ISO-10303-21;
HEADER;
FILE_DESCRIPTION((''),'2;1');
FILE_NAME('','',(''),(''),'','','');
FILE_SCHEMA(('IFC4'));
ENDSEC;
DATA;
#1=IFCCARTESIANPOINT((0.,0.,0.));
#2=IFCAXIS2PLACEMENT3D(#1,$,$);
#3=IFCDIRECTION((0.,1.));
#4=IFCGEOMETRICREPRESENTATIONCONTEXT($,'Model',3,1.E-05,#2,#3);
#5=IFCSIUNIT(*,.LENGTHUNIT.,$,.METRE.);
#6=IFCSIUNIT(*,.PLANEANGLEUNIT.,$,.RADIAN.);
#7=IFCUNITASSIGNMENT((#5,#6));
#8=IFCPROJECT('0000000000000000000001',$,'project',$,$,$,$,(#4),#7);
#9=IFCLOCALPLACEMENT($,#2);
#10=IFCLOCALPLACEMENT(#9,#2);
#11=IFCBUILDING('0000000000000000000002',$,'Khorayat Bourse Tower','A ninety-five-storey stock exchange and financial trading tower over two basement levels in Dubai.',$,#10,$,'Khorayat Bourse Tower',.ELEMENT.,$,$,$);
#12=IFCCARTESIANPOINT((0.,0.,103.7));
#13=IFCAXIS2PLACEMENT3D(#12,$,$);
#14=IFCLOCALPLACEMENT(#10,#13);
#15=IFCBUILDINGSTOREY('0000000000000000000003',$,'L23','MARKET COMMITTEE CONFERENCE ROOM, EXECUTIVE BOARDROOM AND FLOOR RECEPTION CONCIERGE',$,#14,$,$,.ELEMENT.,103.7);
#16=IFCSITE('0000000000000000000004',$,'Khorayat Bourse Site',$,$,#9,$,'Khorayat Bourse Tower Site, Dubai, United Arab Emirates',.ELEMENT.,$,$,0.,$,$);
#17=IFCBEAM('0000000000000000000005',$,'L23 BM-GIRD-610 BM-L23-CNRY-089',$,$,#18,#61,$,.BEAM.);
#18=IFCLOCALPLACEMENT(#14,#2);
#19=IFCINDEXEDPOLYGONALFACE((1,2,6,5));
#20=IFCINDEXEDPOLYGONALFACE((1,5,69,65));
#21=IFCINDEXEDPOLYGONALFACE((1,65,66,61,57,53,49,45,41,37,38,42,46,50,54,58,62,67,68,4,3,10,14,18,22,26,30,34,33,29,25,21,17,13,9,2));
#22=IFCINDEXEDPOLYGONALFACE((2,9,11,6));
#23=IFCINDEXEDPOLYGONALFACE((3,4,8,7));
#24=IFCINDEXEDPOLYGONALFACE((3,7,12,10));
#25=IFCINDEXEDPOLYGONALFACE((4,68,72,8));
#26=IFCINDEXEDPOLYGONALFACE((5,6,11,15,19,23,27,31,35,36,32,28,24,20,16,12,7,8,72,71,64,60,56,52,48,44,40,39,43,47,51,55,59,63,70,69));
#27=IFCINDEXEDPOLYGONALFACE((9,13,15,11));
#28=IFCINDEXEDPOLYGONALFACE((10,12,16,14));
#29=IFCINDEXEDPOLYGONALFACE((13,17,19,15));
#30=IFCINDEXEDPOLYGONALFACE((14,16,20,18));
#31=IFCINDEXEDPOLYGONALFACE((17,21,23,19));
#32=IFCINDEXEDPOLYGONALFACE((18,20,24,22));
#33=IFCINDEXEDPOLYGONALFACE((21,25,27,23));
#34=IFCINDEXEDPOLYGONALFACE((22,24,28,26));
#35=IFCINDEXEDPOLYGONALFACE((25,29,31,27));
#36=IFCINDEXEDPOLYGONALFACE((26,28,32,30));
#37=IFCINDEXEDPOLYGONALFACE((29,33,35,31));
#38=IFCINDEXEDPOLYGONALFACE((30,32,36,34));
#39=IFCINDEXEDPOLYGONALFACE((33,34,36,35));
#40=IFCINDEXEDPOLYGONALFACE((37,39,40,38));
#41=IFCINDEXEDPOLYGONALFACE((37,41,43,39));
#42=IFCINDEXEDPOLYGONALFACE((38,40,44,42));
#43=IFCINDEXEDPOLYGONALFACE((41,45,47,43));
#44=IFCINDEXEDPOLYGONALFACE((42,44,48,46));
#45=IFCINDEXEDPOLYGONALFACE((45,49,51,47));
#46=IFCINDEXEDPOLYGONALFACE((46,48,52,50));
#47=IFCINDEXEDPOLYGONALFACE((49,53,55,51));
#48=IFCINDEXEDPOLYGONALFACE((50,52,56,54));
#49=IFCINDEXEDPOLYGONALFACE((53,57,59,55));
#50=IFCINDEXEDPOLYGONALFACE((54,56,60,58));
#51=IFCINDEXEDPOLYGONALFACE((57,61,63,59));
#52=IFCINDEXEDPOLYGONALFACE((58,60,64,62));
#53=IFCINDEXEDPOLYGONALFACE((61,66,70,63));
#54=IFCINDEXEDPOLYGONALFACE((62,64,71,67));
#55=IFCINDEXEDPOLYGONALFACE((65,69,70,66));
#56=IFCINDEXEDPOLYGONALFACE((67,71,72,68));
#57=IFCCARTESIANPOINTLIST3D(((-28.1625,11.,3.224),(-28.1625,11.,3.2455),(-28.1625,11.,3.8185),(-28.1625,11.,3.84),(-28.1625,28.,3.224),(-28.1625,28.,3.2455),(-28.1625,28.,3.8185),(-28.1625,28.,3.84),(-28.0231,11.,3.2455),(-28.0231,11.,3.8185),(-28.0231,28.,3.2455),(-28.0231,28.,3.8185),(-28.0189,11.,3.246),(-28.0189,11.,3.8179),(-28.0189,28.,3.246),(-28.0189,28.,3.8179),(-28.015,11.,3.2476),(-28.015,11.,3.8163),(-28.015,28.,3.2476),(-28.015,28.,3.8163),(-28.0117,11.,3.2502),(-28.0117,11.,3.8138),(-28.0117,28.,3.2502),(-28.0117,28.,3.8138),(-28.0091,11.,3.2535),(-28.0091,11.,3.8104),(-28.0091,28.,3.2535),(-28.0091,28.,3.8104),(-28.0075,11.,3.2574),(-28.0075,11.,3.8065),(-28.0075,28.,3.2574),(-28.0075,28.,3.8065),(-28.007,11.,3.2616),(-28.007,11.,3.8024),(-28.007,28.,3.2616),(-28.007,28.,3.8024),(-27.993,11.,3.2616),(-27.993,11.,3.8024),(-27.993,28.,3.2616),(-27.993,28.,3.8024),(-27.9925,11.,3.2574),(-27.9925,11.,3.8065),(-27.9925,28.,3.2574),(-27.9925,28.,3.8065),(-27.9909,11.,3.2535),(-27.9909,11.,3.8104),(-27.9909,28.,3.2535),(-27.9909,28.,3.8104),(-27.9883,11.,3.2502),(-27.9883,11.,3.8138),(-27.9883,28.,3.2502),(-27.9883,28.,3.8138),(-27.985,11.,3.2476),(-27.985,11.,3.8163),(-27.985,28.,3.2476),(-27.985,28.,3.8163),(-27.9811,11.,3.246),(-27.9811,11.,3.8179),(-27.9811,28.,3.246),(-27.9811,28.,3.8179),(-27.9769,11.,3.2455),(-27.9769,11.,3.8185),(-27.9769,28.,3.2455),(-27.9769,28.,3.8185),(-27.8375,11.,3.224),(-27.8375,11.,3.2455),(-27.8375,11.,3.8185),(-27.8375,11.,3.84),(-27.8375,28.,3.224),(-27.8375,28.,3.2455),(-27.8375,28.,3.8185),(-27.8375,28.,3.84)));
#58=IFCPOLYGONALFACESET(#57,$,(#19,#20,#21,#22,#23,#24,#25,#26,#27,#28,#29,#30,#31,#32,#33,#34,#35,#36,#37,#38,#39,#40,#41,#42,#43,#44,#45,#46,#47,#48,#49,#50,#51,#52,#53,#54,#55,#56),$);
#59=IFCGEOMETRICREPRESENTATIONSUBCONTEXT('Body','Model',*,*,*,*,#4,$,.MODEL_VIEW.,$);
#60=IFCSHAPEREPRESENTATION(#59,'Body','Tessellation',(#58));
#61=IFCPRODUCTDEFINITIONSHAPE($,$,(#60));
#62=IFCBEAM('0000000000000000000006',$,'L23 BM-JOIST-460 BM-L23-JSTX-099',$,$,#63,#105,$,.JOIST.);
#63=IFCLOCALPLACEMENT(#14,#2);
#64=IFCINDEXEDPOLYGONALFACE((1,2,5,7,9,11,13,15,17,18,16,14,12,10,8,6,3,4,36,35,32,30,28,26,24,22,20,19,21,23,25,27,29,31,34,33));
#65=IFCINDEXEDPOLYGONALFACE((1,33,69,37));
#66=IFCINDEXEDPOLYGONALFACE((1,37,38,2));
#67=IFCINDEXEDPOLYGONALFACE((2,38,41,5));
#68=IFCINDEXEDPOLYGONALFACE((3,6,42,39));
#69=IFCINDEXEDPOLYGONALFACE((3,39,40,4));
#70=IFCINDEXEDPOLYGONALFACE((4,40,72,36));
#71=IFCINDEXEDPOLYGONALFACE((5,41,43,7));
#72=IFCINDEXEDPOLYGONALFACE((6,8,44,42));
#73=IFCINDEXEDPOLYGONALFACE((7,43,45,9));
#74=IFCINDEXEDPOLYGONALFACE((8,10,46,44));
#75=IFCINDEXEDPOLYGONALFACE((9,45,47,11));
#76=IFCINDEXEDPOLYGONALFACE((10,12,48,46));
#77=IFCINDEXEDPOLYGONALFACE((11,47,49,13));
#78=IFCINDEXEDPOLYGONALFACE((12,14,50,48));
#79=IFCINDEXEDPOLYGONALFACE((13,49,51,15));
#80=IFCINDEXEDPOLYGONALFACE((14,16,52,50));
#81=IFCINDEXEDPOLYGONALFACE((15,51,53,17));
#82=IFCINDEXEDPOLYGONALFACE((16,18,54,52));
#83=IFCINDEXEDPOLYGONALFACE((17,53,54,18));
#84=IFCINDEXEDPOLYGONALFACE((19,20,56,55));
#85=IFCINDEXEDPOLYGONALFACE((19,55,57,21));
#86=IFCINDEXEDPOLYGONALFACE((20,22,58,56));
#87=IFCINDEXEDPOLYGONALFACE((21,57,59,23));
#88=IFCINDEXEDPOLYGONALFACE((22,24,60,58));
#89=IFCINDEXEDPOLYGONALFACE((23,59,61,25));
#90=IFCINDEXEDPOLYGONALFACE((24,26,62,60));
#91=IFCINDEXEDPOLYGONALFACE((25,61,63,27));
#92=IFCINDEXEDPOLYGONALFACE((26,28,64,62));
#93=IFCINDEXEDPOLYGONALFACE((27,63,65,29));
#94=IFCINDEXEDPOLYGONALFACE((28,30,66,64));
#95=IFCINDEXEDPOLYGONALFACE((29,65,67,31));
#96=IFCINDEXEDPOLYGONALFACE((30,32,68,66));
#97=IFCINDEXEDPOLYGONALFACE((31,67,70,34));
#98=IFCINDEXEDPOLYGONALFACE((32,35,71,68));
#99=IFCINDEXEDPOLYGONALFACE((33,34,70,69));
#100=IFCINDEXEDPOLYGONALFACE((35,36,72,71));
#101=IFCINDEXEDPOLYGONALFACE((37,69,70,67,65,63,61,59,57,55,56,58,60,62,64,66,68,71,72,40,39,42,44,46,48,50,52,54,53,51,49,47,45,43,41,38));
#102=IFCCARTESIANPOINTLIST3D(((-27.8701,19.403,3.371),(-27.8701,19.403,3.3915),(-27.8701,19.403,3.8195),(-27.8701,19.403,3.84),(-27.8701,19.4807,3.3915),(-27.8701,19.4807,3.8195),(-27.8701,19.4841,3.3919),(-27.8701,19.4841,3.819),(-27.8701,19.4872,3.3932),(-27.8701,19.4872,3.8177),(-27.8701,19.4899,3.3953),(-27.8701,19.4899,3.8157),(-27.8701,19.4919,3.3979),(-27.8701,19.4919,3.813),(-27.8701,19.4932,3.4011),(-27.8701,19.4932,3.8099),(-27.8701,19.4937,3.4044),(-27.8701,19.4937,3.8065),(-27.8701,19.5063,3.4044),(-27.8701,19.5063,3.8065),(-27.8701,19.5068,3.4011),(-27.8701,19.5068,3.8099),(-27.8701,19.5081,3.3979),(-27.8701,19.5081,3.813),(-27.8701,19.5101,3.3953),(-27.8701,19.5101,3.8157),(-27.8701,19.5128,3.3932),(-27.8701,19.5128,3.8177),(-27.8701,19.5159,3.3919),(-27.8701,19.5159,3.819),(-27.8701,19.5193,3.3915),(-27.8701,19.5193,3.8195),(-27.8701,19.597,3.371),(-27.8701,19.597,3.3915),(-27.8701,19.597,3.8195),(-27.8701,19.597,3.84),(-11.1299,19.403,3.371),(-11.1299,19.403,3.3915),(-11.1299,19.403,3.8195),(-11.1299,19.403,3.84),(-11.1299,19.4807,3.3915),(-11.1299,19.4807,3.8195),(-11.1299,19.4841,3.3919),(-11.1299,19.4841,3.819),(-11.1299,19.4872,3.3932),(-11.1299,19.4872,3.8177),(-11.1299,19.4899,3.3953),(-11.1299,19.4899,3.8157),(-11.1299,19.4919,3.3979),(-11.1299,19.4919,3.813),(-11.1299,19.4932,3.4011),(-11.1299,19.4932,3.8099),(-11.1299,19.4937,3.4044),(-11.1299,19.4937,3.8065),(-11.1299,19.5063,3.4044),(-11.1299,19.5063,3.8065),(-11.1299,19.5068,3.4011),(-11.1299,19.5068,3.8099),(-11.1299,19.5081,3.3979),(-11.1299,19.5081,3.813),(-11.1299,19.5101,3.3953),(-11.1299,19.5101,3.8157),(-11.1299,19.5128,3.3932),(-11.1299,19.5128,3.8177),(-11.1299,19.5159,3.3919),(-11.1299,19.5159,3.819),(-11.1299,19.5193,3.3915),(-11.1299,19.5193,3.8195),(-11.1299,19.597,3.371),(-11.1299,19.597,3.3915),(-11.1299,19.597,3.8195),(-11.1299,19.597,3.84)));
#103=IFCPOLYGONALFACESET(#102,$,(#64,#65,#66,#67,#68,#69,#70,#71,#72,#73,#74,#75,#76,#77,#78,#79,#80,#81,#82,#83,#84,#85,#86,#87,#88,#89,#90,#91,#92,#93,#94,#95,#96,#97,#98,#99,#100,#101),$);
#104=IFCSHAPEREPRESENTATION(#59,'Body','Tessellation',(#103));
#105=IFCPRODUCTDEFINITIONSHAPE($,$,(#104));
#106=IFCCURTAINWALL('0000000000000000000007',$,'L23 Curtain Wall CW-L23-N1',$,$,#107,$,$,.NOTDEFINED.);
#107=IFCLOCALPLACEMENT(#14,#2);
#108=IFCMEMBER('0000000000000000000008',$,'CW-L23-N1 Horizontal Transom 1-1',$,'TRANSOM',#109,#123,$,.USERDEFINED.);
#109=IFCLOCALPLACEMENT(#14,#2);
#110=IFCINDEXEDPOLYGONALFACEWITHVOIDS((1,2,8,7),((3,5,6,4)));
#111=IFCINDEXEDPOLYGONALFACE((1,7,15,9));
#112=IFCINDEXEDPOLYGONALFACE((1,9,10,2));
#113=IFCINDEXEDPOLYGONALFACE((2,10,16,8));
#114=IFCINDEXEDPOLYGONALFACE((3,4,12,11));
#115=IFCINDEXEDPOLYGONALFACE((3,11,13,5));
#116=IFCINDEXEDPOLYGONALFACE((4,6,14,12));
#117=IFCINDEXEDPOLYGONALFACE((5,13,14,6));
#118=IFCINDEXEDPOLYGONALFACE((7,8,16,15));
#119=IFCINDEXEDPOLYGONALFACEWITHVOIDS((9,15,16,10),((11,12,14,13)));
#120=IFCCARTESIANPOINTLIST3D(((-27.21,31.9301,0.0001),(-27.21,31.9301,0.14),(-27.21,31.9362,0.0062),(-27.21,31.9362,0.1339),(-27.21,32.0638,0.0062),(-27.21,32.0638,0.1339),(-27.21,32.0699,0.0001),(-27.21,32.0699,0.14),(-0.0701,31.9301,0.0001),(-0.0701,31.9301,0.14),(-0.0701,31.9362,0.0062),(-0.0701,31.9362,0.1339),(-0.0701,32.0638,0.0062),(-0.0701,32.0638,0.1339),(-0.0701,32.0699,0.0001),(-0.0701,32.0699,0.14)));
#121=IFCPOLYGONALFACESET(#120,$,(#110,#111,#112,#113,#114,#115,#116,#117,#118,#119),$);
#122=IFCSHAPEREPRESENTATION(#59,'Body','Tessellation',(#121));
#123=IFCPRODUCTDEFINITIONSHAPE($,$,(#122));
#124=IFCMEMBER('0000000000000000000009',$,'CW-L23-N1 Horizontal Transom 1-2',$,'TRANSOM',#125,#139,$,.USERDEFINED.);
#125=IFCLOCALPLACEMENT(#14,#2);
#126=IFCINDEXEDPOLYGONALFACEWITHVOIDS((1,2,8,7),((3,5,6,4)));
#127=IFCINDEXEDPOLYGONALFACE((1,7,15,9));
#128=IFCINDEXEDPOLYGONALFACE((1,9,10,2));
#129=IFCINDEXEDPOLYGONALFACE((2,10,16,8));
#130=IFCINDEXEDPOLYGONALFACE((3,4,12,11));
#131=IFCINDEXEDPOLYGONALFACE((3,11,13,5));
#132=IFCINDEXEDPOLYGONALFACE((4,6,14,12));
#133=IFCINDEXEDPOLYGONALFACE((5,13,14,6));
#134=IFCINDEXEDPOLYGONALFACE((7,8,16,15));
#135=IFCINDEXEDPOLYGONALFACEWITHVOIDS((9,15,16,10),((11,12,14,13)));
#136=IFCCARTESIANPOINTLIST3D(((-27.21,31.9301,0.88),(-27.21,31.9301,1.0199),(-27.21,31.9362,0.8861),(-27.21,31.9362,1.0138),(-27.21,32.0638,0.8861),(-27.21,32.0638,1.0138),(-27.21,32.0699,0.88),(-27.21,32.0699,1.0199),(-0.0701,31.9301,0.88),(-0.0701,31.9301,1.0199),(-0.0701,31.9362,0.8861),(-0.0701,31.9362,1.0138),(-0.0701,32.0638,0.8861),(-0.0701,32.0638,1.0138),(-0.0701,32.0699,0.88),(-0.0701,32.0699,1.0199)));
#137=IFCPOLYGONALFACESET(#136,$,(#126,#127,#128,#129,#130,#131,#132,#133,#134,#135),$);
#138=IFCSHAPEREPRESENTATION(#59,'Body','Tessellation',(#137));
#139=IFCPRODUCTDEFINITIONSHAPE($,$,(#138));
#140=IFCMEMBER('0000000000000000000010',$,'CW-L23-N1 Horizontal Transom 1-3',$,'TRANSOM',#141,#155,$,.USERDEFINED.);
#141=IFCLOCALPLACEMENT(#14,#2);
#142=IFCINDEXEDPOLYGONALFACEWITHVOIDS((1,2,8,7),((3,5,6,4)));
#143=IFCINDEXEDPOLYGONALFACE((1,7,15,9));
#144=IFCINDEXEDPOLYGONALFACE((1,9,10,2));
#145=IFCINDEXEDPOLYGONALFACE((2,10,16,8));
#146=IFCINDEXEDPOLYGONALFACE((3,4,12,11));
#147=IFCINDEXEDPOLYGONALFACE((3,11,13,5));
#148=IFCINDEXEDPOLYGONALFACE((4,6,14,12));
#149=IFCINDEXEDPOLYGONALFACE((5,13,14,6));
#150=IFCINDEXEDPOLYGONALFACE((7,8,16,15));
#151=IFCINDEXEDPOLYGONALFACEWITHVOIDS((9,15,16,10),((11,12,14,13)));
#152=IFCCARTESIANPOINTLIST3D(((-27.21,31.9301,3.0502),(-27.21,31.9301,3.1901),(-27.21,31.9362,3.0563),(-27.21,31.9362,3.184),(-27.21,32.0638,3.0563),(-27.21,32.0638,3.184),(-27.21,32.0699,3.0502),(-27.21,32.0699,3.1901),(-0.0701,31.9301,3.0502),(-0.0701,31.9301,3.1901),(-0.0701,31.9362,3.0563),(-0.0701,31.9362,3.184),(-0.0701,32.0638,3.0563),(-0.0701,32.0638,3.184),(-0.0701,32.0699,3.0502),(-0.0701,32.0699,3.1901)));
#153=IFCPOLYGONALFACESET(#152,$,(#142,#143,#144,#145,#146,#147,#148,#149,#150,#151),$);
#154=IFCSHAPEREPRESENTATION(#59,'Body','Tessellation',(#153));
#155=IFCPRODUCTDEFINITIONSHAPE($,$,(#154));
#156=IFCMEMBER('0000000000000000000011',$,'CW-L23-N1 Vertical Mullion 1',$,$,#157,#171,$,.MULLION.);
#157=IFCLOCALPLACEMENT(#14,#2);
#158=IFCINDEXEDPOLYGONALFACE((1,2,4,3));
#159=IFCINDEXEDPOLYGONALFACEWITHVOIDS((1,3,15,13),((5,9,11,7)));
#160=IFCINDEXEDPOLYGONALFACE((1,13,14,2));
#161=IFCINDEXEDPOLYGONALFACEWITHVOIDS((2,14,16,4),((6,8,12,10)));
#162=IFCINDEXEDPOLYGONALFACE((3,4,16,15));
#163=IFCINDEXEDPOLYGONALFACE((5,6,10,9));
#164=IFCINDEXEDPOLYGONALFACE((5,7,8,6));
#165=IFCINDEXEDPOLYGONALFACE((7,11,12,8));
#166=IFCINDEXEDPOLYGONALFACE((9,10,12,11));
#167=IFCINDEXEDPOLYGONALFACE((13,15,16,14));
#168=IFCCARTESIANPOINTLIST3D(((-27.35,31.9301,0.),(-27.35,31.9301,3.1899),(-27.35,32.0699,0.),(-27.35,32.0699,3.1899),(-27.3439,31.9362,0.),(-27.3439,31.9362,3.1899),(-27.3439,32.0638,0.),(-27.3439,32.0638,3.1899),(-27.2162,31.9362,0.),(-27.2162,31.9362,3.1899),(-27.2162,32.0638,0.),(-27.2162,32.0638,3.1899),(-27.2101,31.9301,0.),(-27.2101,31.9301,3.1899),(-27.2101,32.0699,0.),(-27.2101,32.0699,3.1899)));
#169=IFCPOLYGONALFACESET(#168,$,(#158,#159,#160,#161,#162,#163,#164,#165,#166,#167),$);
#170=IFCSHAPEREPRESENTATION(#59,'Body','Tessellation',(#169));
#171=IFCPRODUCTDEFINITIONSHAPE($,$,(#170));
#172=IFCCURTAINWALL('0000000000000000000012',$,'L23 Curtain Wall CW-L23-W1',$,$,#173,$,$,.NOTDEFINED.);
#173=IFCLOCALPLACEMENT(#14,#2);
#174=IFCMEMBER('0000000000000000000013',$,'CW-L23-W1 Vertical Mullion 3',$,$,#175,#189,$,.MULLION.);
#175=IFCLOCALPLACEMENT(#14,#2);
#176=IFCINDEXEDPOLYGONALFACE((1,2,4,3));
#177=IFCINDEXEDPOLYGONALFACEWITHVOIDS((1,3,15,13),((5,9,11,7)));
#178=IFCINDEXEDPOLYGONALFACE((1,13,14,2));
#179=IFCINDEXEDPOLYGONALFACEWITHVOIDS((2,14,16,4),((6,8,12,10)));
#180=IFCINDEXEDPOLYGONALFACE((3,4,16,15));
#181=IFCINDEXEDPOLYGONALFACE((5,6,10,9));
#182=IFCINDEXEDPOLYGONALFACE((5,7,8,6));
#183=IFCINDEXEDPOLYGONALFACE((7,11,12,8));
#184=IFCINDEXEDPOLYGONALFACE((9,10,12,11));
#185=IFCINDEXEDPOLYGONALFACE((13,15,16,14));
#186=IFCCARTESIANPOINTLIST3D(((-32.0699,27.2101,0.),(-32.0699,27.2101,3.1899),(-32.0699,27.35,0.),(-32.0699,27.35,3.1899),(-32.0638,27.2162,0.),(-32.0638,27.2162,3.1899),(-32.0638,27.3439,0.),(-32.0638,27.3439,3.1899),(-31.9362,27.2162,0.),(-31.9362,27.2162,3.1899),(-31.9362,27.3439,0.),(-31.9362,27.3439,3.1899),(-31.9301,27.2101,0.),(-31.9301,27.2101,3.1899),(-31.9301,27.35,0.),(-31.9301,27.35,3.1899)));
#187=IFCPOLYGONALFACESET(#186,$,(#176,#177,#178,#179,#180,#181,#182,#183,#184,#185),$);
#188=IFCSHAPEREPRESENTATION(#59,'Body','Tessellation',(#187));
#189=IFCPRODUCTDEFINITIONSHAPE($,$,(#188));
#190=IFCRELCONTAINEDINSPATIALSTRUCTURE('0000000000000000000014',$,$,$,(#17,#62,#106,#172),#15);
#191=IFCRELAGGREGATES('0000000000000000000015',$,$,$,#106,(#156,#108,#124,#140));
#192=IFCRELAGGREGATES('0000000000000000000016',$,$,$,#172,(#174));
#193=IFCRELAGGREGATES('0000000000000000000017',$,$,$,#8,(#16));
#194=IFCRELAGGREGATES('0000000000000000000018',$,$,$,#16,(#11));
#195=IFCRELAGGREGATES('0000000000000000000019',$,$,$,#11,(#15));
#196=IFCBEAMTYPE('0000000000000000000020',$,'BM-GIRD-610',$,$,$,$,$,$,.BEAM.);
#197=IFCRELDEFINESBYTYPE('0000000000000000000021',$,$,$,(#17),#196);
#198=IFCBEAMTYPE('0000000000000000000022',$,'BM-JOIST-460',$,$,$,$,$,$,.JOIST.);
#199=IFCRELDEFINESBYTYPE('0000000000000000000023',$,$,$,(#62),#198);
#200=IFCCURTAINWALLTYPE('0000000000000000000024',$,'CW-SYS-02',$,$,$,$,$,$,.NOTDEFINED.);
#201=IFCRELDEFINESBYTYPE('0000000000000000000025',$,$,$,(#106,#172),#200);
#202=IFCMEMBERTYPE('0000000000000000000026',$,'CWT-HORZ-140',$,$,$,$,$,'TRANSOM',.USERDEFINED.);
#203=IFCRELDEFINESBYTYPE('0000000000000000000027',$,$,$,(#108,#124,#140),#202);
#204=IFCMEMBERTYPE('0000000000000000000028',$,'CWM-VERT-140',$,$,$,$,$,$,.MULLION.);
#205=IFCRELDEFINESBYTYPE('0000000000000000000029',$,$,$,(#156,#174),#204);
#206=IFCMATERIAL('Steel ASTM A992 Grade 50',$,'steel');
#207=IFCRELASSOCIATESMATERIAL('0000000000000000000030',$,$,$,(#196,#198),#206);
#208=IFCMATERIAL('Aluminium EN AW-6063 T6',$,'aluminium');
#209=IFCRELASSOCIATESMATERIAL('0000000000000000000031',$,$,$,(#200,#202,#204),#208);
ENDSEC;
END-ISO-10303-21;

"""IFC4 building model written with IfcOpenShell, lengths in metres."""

from ifc_helpers import new_model, si_unit, direction, frame, origin, origin_2d, place, context, subcontext, project, spatial, hollow_rectangle, i_section, extrude, source, transform, mapped, material, material_profile, profile_set, type_object, element, aggregate, save


model = new_model("IFC4")

# Units and contexts
model_context = context("Model", 3, precision=1e-05, world=origin(), true_north=direction((0.0, 1.0)))
body_context = subcontext(model_context, "Body", "Model", "MODEL_VIEW")
ifc_project = project(units=[si_unit("LENGTHUNIT", "METRE"), si_unit("PLANEANGLEUNIT", "RADIAN")], contexts=[model_context])

# Site, building, storey
site_placement = place(None, origin())
site = spatial("IfcSite", under=ifc_project, at=site_placement, Name="Khorayat Bourse Site", LongName="Khorayat Bourse Tower Site, Dubai, United Arab Emirates", CompositionType="ELEMENT", RefElevation=0.0)
building_placement = place(site_placement, origin())
building = spatial("IfcBuilding", under=site, at=building_placement, Name="Khorayat Bourse Tower", Description="A ninety-five-storey stock exchange and financial trading tower over two basement levels in Dubai.", LongName="Khorayat Bourse Tower", CompositionType="ELEMENT")
storey_placement = place(building_placement, frame((0.0, 0.0, 103.7)))
storey = spatial("IfcBuildingStorey", under=building, at=storey_placement, Name="L23", Description="MARKET COMMITTEE CONFERENCE ROOM, EXECUTIVE BOARDROOM AND FLOOR RECEPTION CONCIERGE", CompositionType="ELEMENT", Elevation=103.7)

# Beams
ifc_material_1 = material(Name="Steel ASTM A992 Grade 50", Category="steel")
ifc_material_profile_1 = material_profile(ifc_material_1, i_section(OverallWidth=0.325, OverallDepth=0.616, WebThickness=0.0139, FlangeThickness=0.0215, FilletRadius=0.0161, at=origin_2d()), Name="W610X174")
ifc_profile_set_1 = profile_set([ifc_material_profile_1], Name="Steel ASTM A992 Grade 50")
beam_type_1 = type_object("IfcBeamType", Name="BM-GIRD-610", PredefinedType="BEAM", material=ifc_profile_set_1)
shared_shape_1 = source(origin(), body_context, "Body", "SweptSolid", [
    extrude(i_section(OverallWidth=0.325, OverallDepth=0.616, WebThickness=0.0139, FlangeThickness=0.0215, FilletRadius=0.0161, at=origin_2d()), origin(), (0.0, 0.0, 1.0), 17.0),
])
beam_1_placement = place(storey_placement, frame((-28.0, 11.0, 3.532), z_axis=(0.0, 1.0, 0.0), x_axis=(-1.0, 0.0, 0.0)))
element("IfcBeam", 1, at=beam_1_placement, inside=storey, type_object=beam_type_1, Name="L23 BM-GIRD-610 BM-L23-CNRY-089", PredefinedType="BEAM", context=body_context, shape_type="MappedRepresentation", body=[
    mapped(shared_shape_1, transform((0.0, 0.0, 0.0), scale=1.0)),
])
ifc_material_profile_2 = material_profile(ifc_material_1, i_section(OverallWidth=0.1941, OverallDepth=0.469, WebThickness=0.0127, FlangeThickness=0.0205, FilletRadius=0.0129, at=origin_2d()), Name="W460X106")
ifc_profile_set_2 = profile_set([ifc_material_profile_2], Name="Steel ASTM A992 Grade 50")
beam_type_2 = type_object("IfcBeamType", Name="BM-JOIST-460", PredefinedType="JOIST", material=ifc_profile_set_2)
shared_shape_2 = source(origin(), body_context, "Body", "SweptSolid", [
    extrude(i_section(OverallWidth=0.1941, OverallDepth=0.469, WebThickness=0.0127, FlangeThickness=0.0205, FilletRadius=0.0129, at=origin_2d()), origin(), (0.0, 0.0, 1.0), 16.7402),
])
beam_2_placement = place(storey_placement, frame((-27.8701, 19.5, 3.6055), z_axis=(1.0, 0.0, 0.0), x_axis=(0.0, 1.0, 0.0)))
element("IfcBeam", 2, at=beam_2_placement, inside=storey, type_object=beam_type_2, Name="L23 BM-JOIST-460 BM-L23-JSTX-099", PredefinedType="JOIST", context=body_context, shape_type="MappedRepresentation", body=[
    mapped(shared_shape_2, transform((0.0, 0.0, 0.0), scale=1.0)),
])

# Curtain wall, members
ifc_material_2 = material(Name="Aluminium EN AW-6063 T6", Category="aluminium")
curtain_wall_type = type_object("IfcCurtainWallType", Name="CW-SYS-02", PredefinedType="NOTDEFINED", material=ifc_material_2)
curtain_wall_1_placement = place(storey_placement, origin())
curtain_wall_1 = element("IfcCurtainWall", 3, at=curtain_wall_1_placement, inside=storey, type_object=curtain_wall_type, Name="L23 Curtain Wall CW-L23-N1", PredefinedType="NOTDEFINED")
ifc_material_profile_3 = material_profile(ifc_material_2, hollow_rectangle(XDim=0.1399, YDim=0.1399, WallThickness=0.0061, at=origin_2d()), Name="ALU 140x140x6")
ifc_profile_set_3 = profile_set([ifc_material_profile_3], Name="Aluminium EN AW-6063 T6")
member_type_1 = type_object("IfcMemberType", Name="CWT-HORZ-140", ElementType="TRANSOM", PredefinedType="USERDEFINED", material=ifc_profile_set_3)
shared_shape_3 = source(origin(), body_context, "Body", "SweptSolid", [
    extrude(hollow_rectangle(XDim=0.1399, YDim=0.1399, WallThickness=0.0061, at=origin_2d()), origin(), (0.0, 0.0, 1.0), 27.1399),
])
member_1_placement = place(storey_placement, frame((-27.21, 32.0, 0.0701), z_axis=(1.0, 0.0, 0.0), x_axis=(0.0, 1.0, 0.0)))
member_1 = element("IfcMember", 4, at=member_1_placement, type_object=member_type_1, Name="CW-L23-N1 Horizontal Transom 1-1", ObjectType="TRANSOM", PredefinedType="USERDEFINED", context=body_context, shape_type="MappedRepresentation", body=[
    mapped(shared_shape_3, transform((0.0, 0.0, 0.0), scale=1.0)),
])
member_2_placement = place(storey_placement, frame((-27.21, 32.0, 0.95), z_axis=(1.0, 0.0, 0.0), x_axis=(0.0, 1.0, 0.0)))
member_2 = element("IfcMember", 5, at=member_2_placement, type_object=member_type_1, Name="CW-L23-N1 Horizontal Transom 1-2", ObjectType="TRANSOM", PredefinedType="USERDEFINED", context=body_context, shape_type="MappedRepresentation", body=[
    mapped(shared_shape_3, transform((0.0, 0.0, 0.0), scale=1.0)),
])
member_3_placement = place(storey_placement, frame((-27.21, 32.0, 3.1201), z_axis=(1.0, 0.0, 0.0), x_axis=(0.0, 1.0, 0.0)))
member_3 = element("IfcMember", 6, at=member_3_placement, type_object=member_type_1, Name="CW-L23-N1 Horizontal Transom 1-3", ObjectType="TRANSOM", PredefinedType="USERDEFINED", context=body_context, shape_type="MappedRepresentation", body=[
    mapped(shared_shape_3, transform((0.0, 0.0, 0.0), scale=1.0)),
])
ifc_material_profile_4 = material_profile(ifc_material_2, hollow_rectangle(XDim=0.1399, YDim=0.1399, WallThickness=0.0061, at=origin_2d()), Name="ALU 140x140x6")
ifc_profile_set_4 = profile_set([ifc_material_profile_4], Name="Aluminium EN AW-6063 T6")
member_type_2 = type_object("IfcMemberType", Name="CWM-VERT-140", PredefinedType="MULLION", material=ifc_profile_set_4)
shared_shape_4 = source(origin(), body_context, "Body", "SweptSolid", [
    extrude(hollow_rectangle(XDim=0.1399, YDim=0.1399, WallThickness=0.0061, at=origin_2d()), origin(), (0.0, 0.0, 1.0), 3.1899),
])
member_4_placement = place(storey_placement, frame((-27.28, 32.0, 0.0), z_axis=(0.0, 0.0, 1.0), x_axis=(0.0, 1.0, 0.0)))
member_4 = element("IfcMember", 7, at=member_4_placement, type_object=member_type_2, Name="CW-L23-N1 Vertical Mullion 1", PredefinedType="MULLION", context=body_context, shape_type="MappedRepresentation", body=[
    mapped(shared_shape_4, transform((0.0, 0.0, 0.0), scale=1.0)),
])
aggregate(curtain_wall_1, [member_4, member_1, member_2, member_3])

# Curtain wall, member
curtain_wall_2_placement = place(storey_placement, origin())
curtain_wall_2 = element("IfcCurtainWall", 8, at=curtain_wall_2_placement, inside=storey, type_object=curtain_wall_type, Name="L23 Curtain Wall CW-L23-W1", PredefinedType="NOTDEFINED")
member_5_placement = place(storey_placement, frame((-32.0, 27.28, 0.0), z_axis=(0.0, 0.0, 1.0), x_axis=(-1.0, 0.0, 0.0)))
member_5 = element("IfcMember", 9, at=member_5_placement, type_object=member_type_2, Name="CW-L23-W1 Vertical Mullion 3", PredefinedType="MULLION", context=body_context, shape_type="MappedRepresentation", body=[
    mapped(shared_shape_4, transform((0.0, 0.0, 0.0), scale=1.0)),
])
aggregate(curtain_wall_2, [member_5])

save(model, "model.ifc")
